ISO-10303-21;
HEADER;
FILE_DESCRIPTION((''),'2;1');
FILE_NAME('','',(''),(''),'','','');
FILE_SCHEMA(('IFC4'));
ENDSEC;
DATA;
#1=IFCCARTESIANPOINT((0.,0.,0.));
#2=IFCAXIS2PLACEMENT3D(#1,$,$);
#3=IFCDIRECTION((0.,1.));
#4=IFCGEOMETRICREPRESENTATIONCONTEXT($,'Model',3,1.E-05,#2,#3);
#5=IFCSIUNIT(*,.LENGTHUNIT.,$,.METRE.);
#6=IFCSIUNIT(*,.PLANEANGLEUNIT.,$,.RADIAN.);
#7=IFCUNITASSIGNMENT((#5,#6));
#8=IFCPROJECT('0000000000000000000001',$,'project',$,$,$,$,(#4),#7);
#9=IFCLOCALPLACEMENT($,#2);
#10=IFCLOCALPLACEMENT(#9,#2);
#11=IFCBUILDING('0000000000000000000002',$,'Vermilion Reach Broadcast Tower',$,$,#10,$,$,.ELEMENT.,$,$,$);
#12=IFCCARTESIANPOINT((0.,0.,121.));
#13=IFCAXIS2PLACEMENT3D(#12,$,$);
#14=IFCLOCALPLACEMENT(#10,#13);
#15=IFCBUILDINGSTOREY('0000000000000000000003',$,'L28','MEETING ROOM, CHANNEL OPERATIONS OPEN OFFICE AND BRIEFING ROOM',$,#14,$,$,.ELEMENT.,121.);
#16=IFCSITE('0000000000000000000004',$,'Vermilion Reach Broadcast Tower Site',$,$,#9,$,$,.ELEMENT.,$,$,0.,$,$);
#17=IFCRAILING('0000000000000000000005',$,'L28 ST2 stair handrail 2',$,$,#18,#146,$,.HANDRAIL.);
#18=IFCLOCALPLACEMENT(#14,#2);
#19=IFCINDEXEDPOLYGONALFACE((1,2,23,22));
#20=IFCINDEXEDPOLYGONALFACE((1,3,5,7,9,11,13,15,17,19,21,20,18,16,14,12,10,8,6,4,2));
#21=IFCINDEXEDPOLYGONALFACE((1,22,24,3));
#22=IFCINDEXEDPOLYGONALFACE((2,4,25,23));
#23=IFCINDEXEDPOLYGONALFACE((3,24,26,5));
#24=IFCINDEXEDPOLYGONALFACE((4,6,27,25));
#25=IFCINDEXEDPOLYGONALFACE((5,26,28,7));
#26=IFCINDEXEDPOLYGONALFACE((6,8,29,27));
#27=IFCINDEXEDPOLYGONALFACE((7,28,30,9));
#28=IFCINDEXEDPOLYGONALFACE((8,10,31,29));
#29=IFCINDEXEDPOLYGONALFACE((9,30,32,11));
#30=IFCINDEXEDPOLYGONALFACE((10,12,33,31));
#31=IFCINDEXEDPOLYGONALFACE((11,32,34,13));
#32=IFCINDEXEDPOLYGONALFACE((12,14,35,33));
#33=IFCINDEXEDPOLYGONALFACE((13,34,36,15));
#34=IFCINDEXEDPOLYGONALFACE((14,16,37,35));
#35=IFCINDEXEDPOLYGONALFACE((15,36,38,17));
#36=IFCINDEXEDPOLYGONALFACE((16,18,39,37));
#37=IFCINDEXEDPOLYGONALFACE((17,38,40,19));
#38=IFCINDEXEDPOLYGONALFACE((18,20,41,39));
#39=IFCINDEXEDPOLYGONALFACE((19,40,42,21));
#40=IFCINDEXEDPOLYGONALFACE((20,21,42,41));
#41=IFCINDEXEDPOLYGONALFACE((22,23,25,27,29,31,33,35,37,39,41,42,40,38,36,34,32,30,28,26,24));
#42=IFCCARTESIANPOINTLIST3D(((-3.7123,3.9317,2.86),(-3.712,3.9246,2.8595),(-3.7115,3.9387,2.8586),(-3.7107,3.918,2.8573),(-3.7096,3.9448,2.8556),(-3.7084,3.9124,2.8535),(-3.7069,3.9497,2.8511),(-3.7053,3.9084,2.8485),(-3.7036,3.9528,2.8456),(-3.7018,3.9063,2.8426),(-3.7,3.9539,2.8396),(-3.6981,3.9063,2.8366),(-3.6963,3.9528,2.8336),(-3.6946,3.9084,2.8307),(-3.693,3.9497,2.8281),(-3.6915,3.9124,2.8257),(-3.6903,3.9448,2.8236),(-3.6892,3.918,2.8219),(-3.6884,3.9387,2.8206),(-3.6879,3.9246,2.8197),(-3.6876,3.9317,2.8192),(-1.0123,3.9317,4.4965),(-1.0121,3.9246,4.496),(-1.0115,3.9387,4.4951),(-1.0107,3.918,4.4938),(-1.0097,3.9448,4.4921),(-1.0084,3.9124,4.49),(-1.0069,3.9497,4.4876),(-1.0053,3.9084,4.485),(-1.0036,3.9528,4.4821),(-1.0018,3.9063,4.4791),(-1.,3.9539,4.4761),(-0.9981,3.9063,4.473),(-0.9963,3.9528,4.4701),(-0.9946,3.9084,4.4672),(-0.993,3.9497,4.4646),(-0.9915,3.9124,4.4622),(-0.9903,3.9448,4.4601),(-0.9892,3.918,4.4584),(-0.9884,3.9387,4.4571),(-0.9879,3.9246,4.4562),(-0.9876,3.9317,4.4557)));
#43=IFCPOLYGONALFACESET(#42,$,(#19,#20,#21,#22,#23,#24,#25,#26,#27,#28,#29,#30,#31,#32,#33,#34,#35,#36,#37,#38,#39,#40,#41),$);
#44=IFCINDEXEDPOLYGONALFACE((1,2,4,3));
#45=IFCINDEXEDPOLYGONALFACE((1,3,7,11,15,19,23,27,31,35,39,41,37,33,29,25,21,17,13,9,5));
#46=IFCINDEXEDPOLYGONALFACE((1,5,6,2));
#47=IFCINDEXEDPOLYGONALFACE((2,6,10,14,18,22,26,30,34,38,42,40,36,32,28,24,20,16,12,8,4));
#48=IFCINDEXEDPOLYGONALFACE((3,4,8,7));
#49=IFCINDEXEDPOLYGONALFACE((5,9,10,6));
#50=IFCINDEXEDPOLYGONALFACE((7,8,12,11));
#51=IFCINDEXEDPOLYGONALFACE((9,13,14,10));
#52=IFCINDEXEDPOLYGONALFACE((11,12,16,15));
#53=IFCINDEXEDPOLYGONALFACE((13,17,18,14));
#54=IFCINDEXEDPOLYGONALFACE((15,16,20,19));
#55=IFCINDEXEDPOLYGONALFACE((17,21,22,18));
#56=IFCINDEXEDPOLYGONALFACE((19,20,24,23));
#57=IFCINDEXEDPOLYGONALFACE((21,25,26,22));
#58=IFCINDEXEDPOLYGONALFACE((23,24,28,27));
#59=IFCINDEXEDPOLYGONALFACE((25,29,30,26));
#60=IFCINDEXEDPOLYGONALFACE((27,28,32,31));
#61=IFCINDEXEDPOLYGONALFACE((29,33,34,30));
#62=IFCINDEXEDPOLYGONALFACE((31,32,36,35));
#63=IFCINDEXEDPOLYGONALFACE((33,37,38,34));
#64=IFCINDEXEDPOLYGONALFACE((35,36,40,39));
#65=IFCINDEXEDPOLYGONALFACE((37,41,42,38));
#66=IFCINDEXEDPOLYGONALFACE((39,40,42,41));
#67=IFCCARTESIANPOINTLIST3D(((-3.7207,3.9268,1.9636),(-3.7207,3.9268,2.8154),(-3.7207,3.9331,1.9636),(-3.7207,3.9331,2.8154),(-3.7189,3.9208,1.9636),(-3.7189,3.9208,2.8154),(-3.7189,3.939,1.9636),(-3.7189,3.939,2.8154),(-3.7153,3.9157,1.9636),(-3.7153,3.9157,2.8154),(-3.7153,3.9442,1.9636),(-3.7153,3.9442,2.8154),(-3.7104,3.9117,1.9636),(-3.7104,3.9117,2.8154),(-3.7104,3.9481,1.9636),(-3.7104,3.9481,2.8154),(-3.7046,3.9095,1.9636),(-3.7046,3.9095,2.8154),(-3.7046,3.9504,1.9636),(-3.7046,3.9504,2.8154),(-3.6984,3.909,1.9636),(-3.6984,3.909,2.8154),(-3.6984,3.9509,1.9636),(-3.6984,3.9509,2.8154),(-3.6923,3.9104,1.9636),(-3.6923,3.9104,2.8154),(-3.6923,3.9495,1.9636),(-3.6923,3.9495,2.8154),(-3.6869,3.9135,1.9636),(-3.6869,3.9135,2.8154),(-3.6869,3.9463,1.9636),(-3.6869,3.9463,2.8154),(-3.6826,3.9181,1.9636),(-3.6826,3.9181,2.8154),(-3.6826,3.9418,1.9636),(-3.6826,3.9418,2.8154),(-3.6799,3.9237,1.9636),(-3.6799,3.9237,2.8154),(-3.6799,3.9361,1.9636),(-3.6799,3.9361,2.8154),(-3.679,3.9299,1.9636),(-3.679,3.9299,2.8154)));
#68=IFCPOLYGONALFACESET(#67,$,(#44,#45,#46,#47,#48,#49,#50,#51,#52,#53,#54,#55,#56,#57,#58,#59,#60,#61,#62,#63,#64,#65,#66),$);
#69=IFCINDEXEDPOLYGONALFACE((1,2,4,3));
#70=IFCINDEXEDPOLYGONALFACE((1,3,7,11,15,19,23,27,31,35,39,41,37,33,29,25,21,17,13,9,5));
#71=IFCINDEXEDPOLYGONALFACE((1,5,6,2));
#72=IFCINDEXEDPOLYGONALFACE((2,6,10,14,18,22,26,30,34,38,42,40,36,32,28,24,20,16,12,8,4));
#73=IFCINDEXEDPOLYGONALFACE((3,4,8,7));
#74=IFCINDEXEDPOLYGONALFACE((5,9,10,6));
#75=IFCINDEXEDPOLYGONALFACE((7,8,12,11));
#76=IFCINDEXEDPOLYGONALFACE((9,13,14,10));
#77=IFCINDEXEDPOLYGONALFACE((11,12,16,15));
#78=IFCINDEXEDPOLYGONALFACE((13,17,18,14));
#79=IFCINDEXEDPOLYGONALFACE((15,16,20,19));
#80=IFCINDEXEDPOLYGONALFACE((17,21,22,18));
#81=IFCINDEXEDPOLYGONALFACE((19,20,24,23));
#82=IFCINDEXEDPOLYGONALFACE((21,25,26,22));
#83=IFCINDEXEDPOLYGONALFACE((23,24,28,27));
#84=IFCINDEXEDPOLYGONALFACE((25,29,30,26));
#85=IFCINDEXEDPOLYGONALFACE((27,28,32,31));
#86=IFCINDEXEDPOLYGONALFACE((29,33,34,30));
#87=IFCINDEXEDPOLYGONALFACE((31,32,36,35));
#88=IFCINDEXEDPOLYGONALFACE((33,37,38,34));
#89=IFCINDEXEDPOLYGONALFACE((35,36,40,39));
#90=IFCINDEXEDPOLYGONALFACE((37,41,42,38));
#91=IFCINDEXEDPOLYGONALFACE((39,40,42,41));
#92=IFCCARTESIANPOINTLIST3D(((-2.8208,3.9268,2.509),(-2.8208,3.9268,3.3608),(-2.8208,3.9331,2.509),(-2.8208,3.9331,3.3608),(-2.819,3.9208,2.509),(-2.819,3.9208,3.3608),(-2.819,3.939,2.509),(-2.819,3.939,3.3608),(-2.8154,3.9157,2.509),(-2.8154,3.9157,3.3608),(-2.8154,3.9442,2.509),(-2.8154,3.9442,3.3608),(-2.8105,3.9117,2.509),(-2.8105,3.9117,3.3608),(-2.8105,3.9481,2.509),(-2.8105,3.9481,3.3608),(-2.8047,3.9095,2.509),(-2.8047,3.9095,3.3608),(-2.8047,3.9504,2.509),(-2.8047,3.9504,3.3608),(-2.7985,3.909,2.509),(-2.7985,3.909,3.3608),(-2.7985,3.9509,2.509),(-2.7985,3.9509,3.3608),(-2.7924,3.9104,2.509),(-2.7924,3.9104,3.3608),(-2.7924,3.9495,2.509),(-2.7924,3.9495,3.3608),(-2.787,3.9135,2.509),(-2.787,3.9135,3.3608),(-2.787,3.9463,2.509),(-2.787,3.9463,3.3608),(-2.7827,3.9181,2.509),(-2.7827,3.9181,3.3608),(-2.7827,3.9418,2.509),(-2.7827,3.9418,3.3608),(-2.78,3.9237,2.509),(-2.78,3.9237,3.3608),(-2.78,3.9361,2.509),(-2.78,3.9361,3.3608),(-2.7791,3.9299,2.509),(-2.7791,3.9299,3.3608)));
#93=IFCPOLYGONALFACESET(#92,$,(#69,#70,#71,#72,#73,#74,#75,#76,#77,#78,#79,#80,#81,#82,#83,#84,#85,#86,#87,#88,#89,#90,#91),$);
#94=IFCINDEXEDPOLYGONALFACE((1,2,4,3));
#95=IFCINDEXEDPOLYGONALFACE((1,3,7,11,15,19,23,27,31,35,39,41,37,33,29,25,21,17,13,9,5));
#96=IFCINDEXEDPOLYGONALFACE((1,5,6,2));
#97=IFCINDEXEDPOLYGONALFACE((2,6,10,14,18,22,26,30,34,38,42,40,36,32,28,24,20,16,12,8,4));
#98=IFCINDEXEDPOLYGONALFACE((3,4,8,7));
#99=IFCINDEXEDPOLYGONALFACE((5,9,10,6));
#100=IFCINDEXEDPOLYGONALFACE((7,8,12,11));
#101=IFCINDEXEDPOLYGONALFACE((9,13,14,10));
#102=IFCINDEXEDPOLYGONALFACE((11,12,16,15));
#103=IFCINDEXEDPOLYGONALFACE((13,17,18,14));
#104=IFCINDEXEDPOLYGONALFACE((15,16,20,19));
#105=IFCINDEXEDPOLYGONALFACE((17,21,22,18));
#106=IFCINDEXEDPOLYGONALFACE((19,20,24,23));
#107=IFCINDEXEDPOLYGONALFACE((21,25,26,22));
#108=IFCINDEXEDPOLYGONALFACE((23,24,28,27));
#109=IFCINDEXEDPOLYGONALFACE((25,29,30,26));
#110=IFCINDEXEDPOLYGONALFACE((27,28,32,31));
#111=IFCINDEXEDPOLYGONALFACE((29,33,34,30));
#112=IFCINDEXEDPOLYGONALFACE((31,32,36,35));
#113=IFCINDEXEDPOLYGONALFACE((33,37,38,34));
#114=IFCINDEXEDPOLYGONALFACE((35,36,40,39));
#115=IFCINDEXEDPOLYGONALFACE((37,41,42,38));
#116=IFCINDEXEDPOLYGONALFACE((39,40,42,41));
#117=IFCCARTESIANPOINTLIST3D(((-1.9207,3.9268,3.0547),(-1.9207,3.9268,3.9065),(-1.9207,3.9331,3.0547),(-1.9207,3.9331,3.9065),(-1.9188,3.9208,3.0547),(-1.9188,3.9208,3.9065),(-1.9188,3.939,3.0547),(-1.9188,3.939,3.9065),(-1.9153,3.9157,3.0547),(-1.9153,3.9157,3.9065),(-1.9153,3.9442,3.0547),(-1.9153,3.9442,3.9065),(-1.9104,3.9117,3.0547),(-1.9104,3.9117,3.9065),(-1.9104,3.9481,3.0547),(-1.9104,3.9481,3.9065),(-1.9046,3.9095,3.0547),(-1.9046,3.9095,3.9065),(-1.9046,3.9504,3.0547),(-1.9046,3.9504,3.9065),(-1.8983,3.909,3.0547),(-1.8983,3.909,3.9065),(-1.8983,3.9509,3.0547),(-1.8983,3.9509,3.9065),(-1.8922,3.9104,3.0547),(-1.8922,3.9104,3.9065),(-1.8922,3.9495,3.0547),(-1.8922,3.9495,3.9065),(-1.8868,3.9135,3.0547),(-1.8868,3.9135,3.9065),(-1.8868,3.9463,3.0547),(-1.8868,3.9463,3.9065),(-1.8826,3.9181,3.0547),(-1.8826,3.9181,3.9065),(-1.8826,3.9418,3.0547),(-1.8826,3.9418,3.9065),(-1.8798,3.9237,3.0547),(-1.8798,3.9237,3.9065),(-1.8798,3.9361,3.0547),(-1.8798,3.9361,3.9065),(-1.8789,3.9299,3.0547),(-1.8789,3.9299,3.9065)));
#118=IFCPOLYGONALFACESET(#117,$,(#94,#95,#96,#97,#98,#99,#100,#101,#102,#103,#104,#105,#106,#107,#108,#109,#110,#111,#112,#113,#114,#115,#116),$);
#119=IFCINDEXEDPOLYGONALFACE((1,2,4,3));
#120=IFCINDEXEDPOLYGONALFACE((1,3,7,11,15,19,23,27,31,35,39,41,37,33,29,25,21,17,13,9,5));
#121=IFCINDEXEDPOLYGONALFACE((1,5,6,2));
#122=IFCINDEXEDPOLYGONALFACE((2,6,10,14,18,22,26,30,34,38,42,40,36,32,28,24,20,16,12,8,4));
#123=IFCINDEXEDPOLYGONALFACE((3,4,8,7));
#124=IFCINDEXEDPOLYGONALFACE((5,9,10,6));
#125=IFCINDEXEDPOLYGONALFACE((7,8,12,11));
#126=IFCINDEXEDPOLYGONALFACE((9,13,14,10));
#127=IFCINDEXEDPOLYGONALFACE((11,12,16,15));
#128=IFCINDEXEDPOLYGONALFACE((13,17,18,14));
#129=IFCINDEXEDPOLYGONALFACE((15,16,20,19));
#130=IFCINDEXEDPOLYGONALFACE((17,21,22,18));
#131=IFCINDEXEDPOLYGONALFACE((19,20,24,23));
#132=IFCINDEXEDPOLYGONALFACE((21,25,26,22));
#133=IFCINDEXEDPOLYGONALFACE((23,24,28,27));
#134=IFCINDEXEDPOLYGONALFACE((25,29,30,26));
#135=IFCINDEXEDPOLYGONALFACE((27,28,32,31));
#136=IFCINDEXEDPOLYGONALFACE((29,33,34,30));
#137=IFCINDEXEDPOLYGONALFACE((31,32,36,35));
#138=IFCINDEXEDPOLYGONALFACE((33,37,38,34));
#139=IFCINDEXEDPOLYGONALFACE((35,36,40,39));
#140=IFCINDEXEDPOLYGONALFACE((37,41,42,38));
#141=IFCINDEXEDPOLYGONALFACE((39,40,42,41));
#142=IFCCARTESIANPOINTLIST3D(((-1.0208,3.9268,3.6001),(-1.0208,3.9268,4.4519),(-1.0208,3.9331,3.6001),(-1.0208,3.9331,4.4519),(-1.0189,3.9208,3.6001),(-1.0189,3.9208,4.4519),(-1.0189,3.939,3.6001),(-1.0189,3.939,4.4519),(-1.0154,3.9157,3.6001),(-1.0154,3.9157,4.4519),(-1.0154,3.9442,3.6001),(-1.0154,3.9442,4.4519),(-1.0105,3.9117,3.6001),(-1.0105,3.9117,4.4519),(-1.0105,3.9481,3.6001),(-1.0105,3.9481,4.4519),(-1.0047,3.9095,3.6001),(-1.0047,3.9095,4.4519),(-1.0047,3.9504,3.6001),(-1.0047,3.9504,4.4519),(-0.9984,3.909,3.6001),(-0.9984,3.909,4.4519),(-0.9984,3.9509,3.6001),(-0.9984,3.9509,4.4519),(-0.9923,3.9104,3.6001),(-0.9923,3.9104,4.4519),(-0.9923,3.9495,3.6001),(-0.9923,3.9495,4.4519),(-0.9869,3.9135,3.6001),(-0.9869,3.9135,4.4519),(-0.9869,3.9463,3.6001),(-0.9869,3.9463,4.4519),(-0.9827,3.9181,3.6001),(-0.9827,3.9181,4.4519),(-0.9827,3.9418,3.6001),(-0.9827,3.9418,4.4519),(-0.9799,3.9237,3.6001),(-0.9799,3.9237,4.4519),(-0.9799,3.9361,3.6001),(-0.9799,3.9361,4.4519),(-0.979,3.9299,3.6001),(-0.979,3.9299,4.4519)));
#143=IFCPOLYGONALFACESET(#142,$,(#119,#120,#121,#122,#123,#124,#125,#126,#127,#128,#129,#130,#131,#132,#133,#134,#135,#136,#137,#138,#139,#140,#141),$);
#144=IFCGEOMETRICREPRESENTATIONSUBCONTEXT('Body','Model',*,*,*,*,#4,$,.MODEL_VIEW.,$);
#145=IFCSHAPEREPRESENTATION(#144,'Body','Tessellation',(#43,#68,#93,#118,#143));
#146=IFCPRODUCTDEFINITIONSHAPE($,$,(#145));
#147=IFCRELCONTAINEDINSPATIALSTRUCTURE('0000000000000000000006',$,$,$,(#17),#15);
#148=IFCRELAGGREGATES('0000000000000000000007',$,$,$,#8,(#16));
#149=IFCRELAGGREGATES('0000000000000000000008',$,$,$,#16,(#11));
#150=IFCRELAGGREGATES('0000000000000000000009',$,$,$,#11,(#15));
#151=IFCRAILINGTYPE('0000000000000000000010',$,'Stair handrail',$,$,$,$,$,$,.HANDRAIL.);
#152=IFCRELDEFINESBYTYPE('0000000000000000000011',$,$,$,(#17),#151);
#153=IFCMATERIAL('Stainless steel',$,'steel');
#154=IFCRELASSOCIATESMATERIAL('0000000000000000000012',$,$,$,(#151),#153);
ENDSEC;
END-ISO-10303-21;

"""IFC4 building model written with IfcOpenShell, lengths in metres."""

from ifc_helpers import new_model, si_unit, direction, frame, origin, origin_2d, place, context, subcontext, project, spatial, circle, extrude, material, type_object, element, save


model = new_model("IFC4")

# Units and contexts
model_context = context("Model", 3, precision=1e-05, world=origin(), true_north=direction((0.0, 1.0)))
body_context = subcontext(model_context, "Body", "Model", "MODEL_VIEW")
ifc_project = project(units=[si_unit("LENGTHUNIT", "METRE"), si_unit("PLANEANGLEUNIT", "RADIAN")], contexts=[model_context])

# Site, building, storey
site_placement = place(None, origin())
site = spatial("IfcSite", under=ifc_project, at=site_placement, Name="Vermilion Reach Broadcast Tower Site", CompositionType="ELEMENT", RefElevation=0.0)
building_placement = place(site_placement, origin())
building = spatial("IfcBuilding", under=site, at=building_placement, Name="Vermilion Reach Broadcast Tower", CompositionType="ELEMENT")
storey_placement = place(building_placement, frame((0.0, 0.0, 121.0)))
storey = spatial("IfcBuildingStorey", under=building, at=storey_placement, Name="L28", Description="MEETING ROOM, CHANNEL OPERATIONS OPEN OFFICE AND BRIEFING ROOM", CompositionType="ELEMENT", Elevation=121.0)

# Railing
ifc_material_1 = material(Name="Stainless steel", Category="steel")
railing_type_1 = type_object("IfcRailingType", Name="Stair handrail", PredefinedType="HANDRAIL", material=ifc_material_1)
railing_1_placement = place(storey_placement, frame((-3.7, 3.9299, 1.9636)))
element("IfcRailing", 1, at=railing_1_placement, inside=storey, type_object=railing_type_1, Name="L28 ST2 stair handrail 2", PredefinedType="HANDRAIL", context=body_context, shape_type="SweptSolid", body=[
    extrude(circle(Radius=0.0239, at=origin_2d()), frame((0.0, 0.0, 0.876), z_axis=(0.855178, 0.0, 0.518334), x_axis=(0.0, 1.0, 0.0)), (0.0, 0.0, 1.0), 3.1572),
    extrude(circle(Radius=0.021, at=origin_2d()), origin(), (0.0, 0.0, 1.0), 0.8518),
    extrude(circle(Radius=0.021, at=origin_2d()), frame((0.8999, 0.0, 0.5454)), (0.0, 0.0, 1.0), 0.8518),
    extrude(circle(Radius=0.021, at=origin_2d()), frame((1.8, 0.0, 1.0911)), (0.0, 0.0, 1.0), 0.8518),
    extrude(circle(Radius=0.021, at=origin_2d()), frame((2.7, 0.0, 1.6365)), (0.0, 0.0, 1.0), 0.8518),
])

save(model, "model.ifc")
